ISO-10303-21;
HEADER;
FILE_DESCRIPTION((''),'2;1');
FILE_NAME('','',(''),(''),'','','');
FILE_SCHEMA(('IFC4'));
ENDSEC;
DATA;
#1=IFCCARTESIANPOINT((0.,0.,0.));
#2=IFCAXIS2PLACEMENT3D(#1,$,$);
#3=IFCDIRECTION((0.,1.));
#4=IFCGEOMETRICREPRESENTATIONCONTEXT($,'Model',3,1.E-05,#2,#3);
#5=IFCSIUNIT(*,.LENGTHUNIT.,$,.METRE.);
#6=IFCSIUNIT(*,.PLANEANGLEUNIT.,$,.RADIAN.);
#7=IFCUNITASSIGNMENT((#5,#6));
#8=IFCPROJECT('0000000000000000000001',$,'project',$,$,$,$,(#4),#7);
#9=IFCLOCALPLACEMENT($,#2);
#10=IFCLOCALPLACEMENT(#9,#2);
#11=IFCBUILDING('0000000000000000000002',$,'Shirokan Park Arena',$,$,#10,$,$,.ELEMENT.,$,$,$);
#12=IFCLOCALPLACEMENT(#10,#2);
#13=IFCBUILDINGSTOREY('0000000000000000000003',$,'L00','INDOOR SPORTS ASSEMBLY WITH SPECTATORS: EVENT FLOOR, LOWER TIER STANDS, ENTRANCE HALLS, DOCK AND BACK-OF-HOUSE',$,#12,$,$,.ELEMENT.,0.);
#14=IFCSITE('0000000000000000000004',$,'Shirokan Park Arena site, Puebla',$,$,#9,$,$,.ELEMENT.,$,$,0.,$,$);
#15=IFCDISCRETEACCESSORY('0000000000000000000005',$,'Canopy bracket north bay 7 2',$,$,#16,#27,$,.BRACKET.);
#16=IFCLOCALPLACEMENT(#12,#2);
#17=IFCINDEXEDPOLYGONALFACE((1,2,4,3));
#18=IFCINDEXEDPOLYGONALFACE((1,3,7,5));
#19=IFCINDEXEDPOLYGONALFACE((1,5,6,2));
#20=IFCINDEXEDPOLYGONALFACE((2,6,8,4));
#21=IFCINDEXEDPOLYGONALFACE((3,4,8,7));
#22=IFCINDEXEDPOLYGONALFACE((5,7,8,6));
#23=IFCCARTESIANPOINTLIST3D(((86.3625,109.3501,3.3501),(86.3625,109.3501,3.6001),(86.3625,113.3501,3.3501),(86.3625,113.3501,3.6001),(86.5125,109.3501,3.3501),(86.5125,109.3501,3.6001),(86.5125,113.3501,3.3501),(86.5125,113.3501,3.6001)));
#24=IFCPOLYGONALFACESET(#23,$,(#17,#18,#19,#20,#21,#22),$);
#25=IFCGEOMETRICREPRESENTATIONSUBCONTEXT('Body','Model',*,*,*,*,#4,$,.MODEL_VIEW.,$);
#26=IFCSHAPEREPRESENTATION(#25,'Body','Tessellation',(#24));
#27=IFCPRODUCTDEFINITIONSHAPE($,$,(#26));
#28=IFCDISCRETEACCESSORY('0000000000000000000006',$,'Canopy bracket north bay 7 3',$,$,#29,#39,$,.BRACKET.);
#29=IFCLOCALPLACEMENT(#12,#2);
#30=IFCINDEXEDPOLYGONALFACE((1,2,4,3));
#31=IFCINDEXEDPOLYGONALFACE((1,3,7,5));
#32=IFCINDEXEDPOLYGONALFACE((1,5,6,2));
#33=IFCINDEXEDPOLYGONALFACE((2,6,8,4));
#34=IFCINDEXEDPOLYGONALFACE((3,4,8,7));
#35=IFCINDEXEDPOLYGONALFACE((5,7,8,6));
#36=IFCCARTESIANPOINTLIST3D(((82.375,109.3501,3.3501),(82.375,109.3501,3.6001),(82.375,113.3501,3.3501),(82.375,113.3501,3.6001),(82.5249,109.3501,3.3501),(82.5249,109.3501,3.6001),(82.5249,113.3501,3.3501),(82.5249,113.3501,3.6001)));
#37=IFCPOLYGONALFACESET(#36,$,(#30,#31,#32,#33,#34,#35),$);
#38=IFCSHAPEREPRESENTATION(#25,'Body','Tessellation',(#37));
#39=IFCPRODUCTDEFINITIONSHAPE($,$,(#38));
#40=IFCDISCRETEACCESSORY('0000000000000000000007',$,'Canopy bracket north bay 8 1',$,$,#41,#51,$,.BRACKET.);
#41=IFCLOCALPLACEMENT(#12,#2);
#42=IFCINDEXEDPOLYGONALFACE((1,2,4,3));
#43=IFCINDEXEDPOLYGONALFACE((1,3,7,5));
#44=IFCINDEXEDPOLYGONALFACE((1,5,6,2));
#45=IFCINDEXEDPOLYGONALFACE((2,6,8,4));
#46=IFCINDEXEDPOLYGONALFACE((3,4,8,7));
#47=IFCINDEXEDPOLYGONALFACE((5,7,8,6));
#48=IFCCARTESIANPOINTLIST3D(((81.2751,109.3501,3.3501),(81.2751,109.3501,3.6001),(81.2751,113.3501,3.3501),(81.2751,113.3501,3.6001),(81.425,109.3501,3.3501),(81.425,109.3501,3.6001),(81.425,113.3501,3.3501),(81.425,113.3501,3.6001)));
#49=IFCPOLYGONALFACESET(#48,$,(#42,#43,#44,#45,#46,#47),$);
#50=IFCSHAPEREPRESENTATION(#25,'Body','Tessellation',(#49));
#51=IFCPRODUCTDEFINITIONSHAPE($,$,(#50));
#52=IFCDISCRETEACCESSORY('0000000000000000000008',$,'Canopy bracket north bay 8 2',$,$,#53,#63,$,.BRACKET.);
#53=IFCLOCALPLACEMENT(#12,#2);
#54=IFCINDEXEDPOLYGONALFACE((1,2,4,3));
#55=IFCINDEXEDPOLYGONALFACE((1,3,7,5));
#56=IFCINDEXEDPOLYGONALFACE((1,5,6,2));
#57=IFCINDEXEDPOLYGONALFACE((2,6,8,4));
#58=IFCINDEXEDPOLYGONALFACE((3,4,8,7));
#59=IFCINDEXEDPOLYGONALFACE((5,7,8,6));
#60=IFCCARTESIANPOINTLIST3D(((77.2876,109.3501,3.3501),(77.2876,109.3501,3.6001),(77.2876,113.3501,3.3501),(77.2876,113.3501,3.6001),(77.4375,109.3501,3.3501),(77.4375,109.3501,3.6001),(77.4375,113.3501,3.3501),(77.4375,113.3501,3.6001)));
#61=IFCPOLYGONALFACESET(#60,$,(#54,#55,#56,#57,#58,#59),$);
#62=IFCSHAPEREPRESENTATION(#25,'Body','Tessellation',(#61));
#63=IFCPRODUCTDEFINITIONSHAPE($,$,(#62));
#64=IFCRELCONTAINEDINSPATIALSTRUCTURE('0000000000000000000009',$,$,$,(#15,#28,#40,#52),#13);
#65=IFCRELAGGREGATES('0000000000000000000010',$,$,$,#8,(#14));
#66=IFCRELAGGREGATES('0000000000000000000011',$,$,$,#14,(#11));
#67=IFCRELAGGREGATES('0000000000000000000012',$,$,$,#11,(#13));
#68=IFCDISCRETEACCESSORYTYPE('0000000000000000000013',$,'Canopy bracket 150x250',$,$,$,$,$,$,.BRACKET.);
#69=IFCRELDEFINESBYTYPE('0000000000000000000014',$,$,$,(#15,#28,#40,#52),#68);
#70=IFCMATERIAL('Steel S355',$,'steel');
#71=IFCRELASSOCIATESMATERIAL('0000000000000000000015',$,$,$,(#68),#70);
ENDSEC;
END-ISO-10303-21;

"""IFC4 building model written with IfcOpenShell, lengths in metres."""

from ifc_helpers import new_model, si_unit, direction, frame, origin, origin_2d, place, context, subcontext, project, spatial, rectangle, extrude, material, type_object, element, save


model = new_model("IFC4")

# Units and contexts
model_context = context("Model", 3, precision=1e-05, world=origin(), true_north=direction((0.0, 1.0)))
body_context = subcontext(model_context, "Body", "Model", "MODEL_VIEW")
ifc_project = project(units=[si_unit("LENGTHUNIT", "METRE"), si_unit("PLANEANGLEUNIT", "RADIAN")], contexts=[model_context])

# Site, building, storey
site_placement = place(None, origin())
site = spatial("IfcSite", under=ifc_project, at=site_placement, Name="Shirokan Park Arena site, Puebla", CompositionType="ELEMENT", RefElevation=0.0)
building_placement = place(site_placement, origin())
building = spatial("IfcBuilding", under=site, at=building_placement, Name="Shirokan Park Arena", CompositionType="ELEMENT")
storey_placement = place(building_placement, origin())
storey = spatial("IfcBuildingStorey", under=building, at=storey_placement, Name="L00", Description="INDOOR SPORTS ASSEMBLY WITH SPECTATORS: EVENT FLOOR, LOWER TIER STANDS, ENTRANCE HALLS, DOCK AND BACK-OF-HOUSE", CompositionType="ELEMENT", Elevation=0.0)

# Shared definitions
ifc_material_1 = material(Name="Steel S355", Category="steel")

# Discrete accessories
discrete_accessory_type = type_object("IfcDiscreteAccessoryType", Name="Canopy bracket 150x250", PredefinedType="BRACKET", material=ifc_material_1)
for number, where, z_axis, x_axis, name in (
    (1, (86.4375, 111.3501, 3.3501), (0.0, 0.0, 1.0), (-1.0, 0.0, 0.0), "Canopy bracket north bay 7 2"),
    (2, (82.45, 111.3501, 3.3501), (0.0, 0.0, 1.0), (-1.0, 0.0, 0.0), "Canopy bracket north bay 7 3"),
    (3, (81.3501, 111.3501, 3.3501), (0.0, 0.0, 1.0), (-1.0, 0.0, 0.0), "Canopy bracket north bay 8 1"),
    (4, (77.3625, 111.3501, 3.3501), (0.0, 0.0, 1.0), (-1.0, 0.0, 0.0), "Canopy bracket north bay 8 2"),
):
    element("IfcDiscreteAccessory", number, at=place(storey_placement, frame(where, z_axis=z_axis, x_axis=x_axis)), inside=storey, type_object=discrete_accessory_type, Name=name, PredefinedType="BRACKET", context=body_context, shape_type="SweptSolid", body=[
        extrude(rectangle(XDim=0.1499, YDim=4.0, at=origin_2d()), origin(), (0.0, 0.0, 1.0), 0.25),
    ])

save(model, "model.ifc")
